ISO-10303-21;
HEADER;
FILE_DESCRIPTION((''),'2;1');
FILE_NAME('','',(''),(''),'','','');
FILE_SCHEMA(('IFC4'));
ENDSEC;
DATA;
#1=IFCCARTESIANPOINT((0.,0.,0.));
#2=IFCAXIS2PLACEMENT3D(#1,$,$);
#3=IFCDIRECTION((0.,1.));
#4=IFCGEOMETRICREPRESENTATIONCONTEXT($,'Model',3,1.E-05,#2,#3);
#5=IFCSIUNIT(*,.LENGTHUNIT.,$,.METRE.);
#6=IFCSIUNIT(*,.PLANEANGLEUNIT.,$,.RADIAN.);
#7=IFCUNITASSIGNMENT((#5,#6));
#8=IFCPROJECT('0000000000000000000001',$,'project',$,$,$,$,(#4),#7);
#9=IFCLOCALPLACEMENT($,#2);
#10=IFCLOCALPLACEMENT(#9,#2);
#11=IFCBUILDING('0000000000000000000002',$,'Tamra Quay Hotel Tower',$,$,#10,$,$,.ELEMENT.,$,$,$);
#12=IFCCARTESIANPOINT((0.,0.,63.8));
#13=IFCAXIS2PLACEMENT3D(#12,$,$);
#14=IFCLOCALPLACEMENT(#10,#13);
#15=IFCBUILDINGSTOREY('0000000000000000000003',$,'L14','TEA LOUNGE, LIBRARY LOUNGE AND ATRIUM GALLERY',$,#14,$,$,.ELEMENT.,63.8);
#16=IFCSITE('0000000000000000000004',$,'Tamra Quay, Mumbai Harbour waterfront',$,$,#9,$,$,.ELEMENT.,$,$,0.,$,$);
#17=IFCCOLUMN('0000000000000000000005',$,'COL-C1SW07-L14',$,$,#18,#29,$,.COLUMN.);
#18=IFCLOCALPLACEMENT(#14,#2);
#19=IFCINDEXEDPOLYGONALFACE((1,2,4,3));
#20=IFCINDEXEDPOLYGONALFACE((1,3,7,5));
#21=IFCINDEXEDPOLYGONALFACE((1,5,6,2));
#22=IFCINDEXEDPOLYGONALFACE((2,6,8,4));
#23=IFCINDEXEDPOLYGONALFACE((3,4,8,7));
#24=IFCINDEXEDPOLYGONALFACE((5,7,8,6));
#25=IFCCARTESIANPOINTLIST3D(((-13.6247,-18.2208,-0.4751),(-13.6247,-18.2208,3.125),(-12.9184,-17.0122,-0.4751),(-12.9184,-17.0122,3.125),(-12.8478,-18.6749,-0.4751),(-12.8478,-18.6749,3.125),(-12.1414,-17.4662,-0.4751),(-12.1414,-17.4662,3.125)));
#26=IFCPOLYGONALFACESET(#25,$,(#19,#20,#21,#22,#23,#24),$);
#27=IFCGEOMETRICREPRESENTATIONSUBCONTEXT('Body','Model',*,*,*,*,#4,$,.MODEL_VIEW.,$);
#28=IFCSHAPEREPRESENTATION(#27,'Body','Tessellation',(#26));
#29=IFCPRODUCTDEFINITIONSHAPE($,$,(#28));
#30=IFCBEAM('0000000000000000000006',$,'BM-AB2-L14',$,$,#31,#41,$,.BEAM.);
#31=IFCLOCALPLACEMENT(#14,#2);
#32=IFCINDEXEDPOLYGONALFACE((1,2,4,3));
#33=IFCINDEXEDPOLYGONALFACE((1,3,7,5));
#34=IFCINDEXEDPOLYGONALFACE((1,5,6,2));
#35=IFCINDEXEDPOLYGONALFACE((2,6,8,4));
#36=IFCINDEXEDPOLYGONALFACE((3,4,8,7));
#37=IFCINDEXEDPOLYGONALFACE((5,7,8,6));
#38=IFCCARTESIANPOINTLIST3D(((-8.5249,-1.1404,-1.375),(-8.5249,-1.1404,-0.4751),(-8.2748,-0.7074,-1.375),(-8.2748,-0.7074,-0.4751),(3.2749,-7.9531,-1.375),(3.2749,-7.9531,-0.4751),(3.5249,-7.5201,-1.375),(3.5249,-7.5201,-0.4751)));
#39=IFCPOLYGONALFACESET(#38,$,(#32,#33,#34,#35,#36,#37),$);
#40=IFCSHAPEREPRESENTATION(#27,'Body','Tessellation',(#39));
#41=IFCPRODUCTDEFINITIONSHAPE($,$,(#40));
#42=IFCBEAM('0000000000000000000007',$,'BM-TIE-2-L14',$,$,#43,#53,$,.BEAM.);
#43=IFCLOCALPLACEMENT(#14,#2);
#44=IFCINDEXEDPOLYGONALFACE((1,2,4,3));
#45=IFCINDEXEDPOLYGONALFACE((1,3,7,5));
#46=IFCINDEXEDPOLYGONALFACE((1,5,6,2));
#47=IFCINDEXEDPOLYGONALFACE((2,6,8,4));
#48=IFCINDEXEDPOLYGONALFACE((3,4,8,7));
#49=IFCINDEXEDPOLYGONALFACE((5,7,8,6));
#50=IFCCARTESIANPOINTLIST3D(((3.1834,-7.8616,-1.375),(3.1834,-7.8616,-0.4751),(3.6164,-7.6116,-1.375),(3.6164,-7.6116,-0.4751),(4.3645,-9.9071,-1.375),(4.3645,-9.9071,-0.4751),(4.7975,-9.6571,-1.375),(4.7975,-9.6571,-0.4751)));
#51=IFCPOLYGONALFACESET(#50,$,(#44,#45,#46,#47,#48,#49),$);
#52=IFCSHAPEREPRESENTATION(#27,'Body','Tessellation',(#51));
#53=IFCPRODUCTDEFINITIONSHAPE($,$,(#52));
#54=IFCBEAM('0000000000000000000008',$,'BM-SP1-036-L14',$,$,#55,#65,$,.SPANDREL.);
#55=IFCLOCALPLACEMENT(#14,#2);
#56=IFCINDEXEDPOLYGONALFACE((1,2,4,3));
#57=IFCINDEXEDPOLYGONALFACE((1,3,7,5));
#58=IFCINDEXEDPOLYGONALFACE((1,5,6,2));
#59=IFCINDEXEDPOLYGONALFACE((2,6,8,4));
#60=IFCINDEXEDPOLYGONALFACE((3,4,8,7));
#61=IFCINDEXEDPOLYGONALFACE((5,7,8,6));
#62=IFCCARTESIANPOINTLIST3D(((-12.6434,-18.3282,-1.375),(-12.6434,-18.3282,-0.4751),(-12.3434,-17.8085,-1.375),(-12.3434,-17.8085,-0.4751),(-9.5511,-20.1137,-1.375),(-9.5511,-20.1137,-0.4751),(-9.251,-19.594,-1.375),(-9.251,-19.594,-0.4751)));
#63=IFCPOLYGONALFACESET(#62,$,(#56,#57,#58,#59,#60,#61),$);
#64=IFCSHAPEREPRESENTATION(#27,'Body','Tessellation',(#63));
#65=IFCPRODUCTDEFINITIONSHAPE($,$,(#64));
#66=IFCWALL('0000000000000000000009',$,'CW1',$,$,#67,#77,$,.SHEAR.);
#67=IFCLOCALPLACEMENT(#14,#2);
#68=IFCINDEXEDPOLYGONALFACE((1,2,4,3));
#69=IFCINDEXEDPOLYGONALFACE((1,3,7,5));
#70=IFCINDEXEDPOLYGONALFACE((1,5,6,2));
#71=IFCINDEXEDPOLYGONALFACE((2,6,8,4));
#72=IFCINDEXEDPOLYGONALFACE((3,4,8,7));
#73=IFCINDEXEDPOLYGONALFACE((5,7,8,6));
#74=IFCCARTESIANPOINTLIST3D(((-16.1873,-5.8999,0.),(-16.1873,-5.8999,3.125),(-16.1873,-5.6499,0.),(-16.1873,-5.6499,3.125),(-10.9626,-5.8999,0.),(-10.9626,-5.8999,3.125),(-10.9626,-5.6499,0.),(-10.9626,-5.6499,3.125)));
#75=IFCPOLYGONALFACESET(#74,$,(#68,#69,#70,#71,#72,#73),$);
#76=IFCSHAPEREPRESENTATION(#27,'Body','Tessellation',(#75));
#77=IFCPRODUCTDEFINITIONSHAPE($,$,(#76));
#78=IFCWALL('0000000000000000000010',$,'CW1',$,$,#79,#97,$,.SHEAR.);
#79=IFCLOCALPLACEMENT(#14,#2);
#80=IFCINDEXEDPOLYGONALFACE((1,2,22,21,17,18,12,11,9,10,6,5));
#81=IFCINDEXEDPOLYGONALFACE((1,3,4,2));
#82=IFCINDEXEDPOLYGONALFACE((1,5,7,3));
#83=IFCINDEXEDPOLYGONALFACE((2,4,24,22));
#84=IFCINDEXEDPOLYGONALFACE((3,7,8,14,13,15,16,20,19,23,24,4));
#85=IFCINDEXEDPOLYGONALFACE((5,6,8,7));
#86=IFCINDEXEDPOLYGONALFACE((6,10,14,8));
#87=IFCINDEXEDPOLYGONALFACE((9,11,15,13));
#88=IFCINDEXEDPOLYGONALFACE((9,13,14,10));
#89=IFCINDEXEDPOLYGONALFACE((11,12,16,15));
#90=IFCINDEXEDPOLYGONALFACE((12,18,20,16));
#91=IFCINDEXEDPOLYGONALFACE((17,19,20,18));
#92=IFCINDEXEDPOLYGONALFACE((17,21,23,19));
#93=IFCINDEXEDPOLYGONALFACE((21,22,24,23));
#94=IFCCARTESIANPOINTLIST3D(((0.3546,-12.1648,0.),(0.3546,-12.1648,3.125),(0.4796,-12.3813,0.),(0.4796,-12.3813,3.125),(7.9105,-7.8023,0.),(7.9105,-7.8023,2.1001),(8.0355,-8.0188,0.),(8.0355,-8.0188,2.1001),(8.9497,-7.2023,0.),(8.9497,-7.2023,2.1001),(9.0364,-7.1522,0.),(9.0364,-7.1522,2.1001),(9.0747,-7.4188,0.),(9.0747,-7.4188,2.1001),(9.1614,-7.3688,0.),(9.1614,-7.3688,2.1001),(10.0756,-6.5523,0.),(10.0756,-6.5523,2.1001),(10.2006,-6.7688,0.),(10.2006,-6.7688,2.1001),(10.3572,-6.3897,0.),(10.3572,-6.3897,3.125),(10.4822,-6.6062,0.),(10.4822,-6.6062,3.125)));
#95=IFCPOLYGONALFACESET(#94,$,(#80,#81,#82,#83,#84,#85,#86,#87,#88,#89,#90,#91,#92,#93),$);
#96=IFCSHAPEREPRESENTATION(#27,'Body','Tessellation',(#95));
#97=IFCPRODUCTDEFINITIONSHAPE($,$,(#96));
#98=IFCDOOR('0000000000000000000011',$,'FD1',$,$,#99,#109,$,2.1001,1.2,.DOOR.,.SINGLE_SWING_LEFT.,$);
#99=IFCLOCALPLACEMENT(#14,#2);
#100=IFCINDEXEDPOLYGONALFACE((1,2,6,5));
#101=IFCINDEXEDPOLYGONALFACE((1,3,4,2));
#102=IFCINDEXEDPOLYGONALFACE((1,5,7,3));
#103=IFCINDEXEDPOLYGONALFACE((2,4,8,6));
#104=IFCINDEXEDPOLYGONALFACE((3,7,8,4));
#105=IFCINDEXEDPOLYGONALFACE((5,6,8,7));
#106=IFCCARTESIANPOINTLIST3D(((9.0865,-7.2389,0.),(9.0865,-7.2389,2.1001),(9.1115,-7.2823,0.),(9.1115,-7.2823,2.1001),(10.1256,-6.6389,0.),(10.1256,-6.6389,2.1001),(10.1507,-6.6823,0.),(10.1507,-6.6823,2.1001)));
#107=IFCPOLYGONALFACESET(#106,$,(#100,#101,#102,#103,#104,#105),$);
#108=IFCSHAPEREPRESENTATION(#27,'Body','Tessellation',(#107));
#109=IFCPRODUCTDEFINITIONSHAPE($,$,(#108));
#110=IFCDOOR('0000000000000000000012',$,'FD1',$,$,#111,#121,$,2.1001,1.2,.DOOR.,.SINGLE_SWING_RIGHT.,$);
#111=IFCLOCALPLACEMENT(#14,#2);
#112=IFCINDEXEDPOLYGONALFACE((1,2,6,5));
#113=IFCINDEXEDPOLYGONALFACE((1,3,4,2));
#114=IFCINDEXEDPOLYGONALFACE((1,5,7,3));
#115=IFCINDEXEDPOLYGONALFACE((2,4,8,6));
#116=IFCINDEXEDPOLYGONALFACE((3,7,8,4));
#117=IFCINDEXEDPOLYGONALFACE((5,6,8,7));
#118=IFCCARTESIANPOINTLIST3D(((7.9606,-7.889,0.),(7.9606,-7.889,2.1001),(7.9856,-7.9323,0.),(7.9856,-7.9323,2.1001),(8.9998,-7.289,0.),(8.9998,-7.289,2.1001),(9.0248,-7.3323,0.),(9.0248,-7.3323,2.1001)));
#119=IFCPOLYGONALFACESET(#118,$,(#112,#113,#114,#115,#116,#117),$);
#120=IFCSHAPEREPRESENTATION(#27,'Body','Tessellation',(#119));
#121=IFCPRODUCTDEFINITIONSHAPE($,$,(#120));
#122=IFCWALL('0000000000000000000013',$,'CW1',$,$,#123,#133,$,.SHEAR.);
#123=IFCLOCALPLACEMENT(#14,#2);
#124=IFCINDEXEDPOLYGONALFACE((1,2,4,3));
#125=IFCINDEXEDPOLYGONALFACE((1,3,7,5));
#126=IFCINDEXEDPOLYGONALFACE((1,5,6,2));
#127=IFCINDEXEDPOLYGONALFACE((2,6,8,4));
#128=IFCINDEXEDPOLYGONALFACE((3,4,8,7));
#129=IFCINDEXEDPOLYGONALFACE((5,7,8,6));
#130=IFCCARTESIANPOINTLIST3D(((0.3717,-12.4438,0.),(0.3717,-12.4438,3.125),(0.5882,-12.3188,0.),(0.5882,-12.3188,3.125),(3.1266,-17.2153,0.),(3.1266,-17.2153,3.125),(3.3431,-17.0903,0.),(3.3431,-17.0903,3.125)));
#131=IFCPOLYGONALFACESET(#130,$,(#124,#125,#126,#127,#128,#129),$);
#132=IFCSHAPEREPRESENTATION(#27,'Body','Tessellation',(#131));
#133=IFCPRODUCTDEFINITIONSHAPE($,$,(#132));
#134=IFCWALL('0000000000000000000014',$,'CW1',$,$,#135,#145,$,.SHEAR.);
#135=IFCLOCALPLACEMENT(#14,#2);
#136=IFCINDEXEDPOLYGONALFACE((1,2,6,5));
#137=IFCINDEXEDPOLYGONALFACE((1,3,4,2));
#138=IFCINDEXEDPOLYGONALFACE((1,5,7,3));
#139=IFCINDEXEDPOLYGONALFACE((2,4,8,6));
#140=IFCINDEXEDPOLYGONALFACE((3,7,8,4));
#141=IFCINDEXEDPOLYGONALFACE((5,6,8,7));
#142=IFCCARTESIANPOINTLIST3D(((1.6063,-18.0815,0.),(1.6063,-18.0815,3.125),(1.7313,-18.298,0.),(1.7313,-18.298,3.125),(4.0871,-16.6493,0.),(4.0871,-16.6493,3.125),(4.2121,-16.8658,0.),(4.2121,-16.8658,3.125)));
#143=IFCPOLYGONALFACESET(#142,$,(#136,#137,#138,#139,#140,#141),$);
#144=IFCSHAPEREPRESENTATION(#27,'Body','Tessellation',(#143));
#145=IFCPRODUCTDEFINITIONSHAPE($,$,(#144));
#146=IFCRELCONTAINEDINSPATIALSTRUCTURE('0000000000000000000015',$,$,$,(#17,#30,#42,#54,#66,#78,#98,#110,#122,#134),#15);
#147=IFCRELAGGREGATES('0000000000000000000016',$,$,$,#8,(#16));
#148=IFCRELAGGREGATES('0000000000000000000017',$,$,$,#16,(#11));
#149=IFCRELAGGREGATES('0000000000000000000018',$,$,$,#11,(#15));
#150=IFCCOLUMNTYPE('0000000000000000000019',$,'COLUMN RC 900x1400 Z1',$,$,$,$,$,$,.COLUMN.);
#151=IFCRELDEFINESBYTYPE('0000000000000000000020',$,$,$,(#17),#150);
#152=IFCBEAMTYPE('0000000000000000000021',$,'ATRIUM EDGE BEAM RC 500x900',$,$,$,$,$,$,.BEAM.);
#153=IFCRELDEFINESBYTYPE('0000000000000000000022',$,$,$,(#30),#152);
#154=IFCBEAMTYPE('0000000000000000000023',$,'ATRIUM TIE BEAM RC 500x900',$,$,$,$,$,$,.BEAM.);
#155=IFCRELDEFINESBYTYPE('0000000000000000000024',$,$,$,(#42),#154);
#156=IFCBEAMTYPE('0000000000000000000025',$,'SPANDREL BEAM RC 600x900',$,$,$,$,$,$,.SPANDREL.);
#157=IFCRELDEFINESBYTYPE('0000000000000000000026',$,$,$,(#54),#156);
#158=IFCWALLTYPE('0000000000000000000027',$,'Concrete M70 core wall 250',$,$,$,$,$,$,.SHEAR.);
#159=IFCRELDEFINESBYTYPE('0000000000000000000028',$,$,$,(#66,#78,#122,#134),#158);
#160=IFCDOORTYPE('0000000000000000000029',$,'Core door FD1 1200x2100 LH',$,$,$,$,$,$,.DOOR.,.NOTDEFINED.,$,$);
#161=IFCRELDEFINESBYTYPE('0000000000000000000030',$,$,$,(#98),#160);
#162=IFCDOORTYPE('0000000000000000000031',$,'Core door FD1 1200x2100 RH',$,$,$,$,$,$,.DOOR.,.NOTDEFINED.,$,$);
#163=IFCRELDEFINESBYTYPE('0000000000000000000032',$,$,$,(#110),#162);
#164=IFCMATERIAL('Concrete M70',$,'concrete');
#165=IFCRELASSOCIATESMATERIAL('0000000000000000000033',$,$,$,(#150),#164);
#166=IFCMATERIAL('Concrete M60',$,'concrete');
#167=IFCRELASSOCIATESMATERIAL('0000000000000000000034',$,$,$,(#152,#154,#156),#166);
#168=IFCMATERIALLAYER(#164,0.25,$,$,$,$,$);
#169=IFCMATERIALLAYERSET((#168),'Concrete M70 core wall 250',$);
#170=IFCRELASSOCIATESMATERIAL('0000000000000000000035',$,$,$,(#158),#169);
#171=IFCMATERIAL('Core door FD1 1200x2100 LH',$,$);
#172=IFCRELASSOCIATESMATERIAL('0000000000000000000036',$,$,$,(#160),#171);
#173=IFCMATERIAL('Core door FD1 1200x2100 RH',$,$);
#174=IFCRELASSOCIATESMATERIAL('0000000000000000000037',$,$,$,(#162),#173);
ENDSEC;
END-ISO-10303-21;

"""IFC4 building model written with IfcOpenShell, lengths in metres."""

from ifc_helpers import new_model, si_unit, direction, frame, frame_2d, origin, origin_2d, place, context, subcontext, project, spatial, rectangle, extrude, material, layer, layer_set, material_profile, profile_set, type_object, element, fill, save


model = new_model("IFC4")

# Units and contexts
model_context = context("Model", 3, precision=1e-05, world=origin(), true_north=direction((0.0, 1.0)))
body_context = subcontext(model_context, "Body", "Model", "MODEL_VIEW")
ifc_project = project(units=[si_unit("LENGTHUNIT", "METRE"), si_unit("PLANEANGLEUNIT", "RADIAN")], contexts=[model_context])

# Site, building, storey
site_placement = place(None, origin())
site = spatial("IfcSite", under=ifc_project, at=site_placement, Name="Tamra Quay, Mumbai Harbour waterfront", CompositionType="ELEMENT", RefElevation=0.0)
building_placement = place(site_placement, origin())
building = spatial("IfcBuilding", under=site, at=building_placement, Name="Tamra Quay Hotel Tower", CompositionType="ELEMENT")
storey_placement = place(building_placement, frame((0.0, 0.0, 63.8)))
storey = spatial("IfcBuildingStorey", under=building, at=storey_placement, Name="L14", Description="TEA LOUNGE, LIBRARY LOUNGE AND ATRIUM GALLERY", CompositionType="ELEMENT", Elevation=63.8)

# Column
ifc_material_1 = material(Name="Concrete M70", Category="concrete")
ifc_material_profile_1 = material_profile(ifc_material_1, rectangle(XDim=1.3999, YDim=0.8999, at=origin_2d()), Name="COLUMN RC 900x1400 Z1")
ifc_profile_set_1 = profile_set([ifc_material_profile_1], Name="Concrete M70")
column_type = type_object("IfcColumnType", Name="COLUMN RC 900x1400 Z1", PredefinedType="COLUMN", material=ifc_profile_set_1)
column_placement = place(storey_placement, frame((-12.8831, -17.8435, -0.4751), z_axis=(0.0, 0.0, 1.0), x_axis=(0.504565, 0.863374, 0.0)))
element("IfcColumn", 1, at=column_placement, inside=storey, type_object=column_type, Name="COL-C1SW07-L14", PredefinedType="COLUMN", context=body_context, shape_type="SweptSolid", body=[
    extrude(rectangle(XDim=1.3999, YDim=0.8999, at=origin_2d()), origin(), (0.0, 0.0, 1.0), 3.6001),
])

# Beams
ifc_material_2 = material(Name="Concrete M60", Category="concrete")
ifc_material_profile_2 = material_profile(ifc_material_2, rectangle(XDim=0.5, YDim=0.8999, at=origin_2d()), Name="ATRIUM EDGE BEAM RC 500x900")
ifc_profile_set_2 = profile_set([ifc_material_profile_2], Name="Concrete M60")
beam_type_1 = type_object("IfcBeamType", Name="ATRIUM EDGE BEAM RC 500x900", PredefinedType="BEAM", material=ifc_profile_set_2)
beam_1_placement = place(storey_placement, frame((3.3999, -7.7366, -0.925), z_axis=(-0.866021, 0.500007, 0.0), x_axis=(-0.500007, -0.866021, 0.0)))
element("IfcBeam", 2, at=beam_1_placement, inside=storey, type_object=beam_type_1, Name="BM-AB2-L14", PredefinedType="BEAM", context=body_context, shape_type="SweptSolid", body=[
    extrude(rectangle(XDim=0.5, YDim=0.8999, at=origin_2d()), origin(), (0.0, 0.0, 1.0), 13.6252),
])
ifc_material_profile_3 = material_profile(ifc_material_2, rectangle(XDim=0.5, YDim=0.8999, at=origin_2d()), Name="ATRIUM TIE BEAM RC 500x900")
ifc_profile_set_3 = profile_set([ifc_material_profile_3], Name="Concrete M60")
beam_type_2 = type_object("IfcBeamType", Name="ATRIUM TIE BEAM RC 500x900", PredefinedType="BEAM", material=ifc_profile_set_3)
beam_2_placement = place(storey_placement, frame((3.3999, -7.7366, -0.925), z_axis=(0.50003, -0.866008, 0.0), x_axis=(0.866008, 0.50003, 0.0)))
element("IfcBeam", 3, at=beam_2_placement, inside=storey, type_object=beam_type_2, Name="BM-TIE-2-L14", PredefinedType="BEAM", context=body_context, shape_type="SweptSolid", body=[
    extrude(rectangle(XDim=0.5, YDim=0.8999, at=origin_2d()), origin(), (0.0, 0.0, 1.0), 2.3621),
])
ifc_material_profile_4 = material_profile(ifc_material_2, rectangle(XDim=0.6001, YDim=0.8999, at=origin_2d()), Name="SPANDREL BEAM RC 600x900")
ifc_profile_set_4 = profile_set([ifc_material_profile_4], Name="Concrete M60")
beam_type_3 = type_object("IfcBeamType", Name="SPANDREL BEAM RC 600x900", PredefinedType="SPANDREL", material=ifc_profile_set_4)
beam_3_placement = place(storey_placement, frame((-12.4934, -18.0684, -0.925), z_axis=(0.866017, -0.500014, 0.0), x_axis=(0.500014, 0.866017, 0.0)))
element("IfcBeam", 4, at=beam_3_placement, inside=storey, type_object=beam_type_3, Name="BM-SP1-036-L14", PredefinedType="SPANDREL", context=body_context, shape_type="SweptSolid", body=[
    extrude(rectangle(XDim=0.6001, YDim=0.8999, at=origin_2d()), origin(), (0.0, 0.0, 1.0), 3.5708),
])

# Wall
ifc_layer_1 = layer(ifc_material_1, 0.25)
ifc_layer_set_1 = layer_set([ifc_layer_1], Name="Concrete M70 core wall 250")
wall_type_1 = type_object("IfcWallType", Name="Concrete M70 core wall 250", PredefinedType="SHEAR", material=ifc_layer_set_1)
wall_1_placement = place(storey_placement, frame((-10.9626, -5.7749, 0.0), z_axis=(0.0, 0.0, 1.0), x_axis=(-1.0, 0.0, 0.0)))
element("IfcWall", 5, at=wall_1_placement, inside=storey, type_object=wall_type_1, Name="CW1", PredefinedType="SHEAR", context=body_context, shape_type="SweptSolid", body=[
    extrude(rectangle(XDim=5.2246, YDim=0.25, at=frame_2d((2.6123, 0.0))), origin(), (0.0, 0.0, 1.0), 3.125),
])

# Wall, openings, doors
wall_2_placement = place(storey_placement, frame((0.4172, -12.2729, 0.0), z_axis=(0.0, 0.0, 1.0), x_axis=(0.866022, 0.500006, 0.0)))
wall_2 = element("IfcWall", 6, at=wall_2_placement, inside=storey, type_object=wall_type_1, Name="CW1", PredefinedType="SHEAR", context=body_context, shape_type="SweptSolid", body=[
    extrude(rectangle(XDim=11.55, YDim=0.25, at=frame_2d((5.7749, 0.0))), origin(), (0.0, 0.0, 1.0), 3.125),
])
opening_1_placement = place(wall_2_placement, frame((10.0247, 0.0, 0.0)))
opening_1 = element("IfcOpeningElement", 7, at=opening_1_placement, cuts=wall_2, PredefinedType="OPENING", context=body_context, shape_type="SweptSolid", body=[
    extrude(rectangle(XDim=1.2, YDim=2.1001, at=frame_2d((0.6001, 1.05))), frame((0.0, 0.135, 0.0), z_axis=(0.0, -1.0, 0.0), x_axis=(1.0, 0.0, 0.0)), (0.0, 0.0, 1.0), 0.27),
])
opening_2_placement = place(wall_2_placement, frame((8.7246, 0.0, 0.0)))
opening_2 = element("IfcOpeningElement", 8, at=opening_2_placement, cuts=wall_2, PredefinedType="OPENING", context=body_context, shape_type="SweptSolid", body=[
    extrude(rectangle(XDim=1.2, YDim=2.1001, at=frame_2d((0.6001, 1.05))), frame((0.0, 0.135, 0.0), z_axis=(0.0, -1.0, 0.0), x_axis=(1.0, 0.0, 0.0)), (0.0, 0.0, 1.0), 0.27),
])
ifc_material_3 = material(Name="Core door FD1 1200x2100 LH")
door_type_1 = type_object("IfcDoorType", Name="Core door FD1 1200x2100 LH", OperationType="NOTDEFINED", PredefinedType="DOOR", material=ifc_material_3)
door_1_placement = place(opening_1_placement, origin())
door_1 = element("IfcDoor", 9, at=door_1_placement, inside=storey, type_object=door_type_1, Name="FD1", OperationType="SINGLE_SWING_LEFT", OverallHeight=2.1001, OverallWidth=1.2, PredefinedType="DOOR", context=body_context, shape_type="SweptSolid", body=[
    extrude(rectangle(XDim=1.2, YDim=2.1001, at=frame_2d((0.6001, 1.05))), frame((0.0, 0.0249, 0.0), z_axis=(0.0, -1.0, 0.0), x_axis=(1.0, 0.0, 0.0)), (0.0, 0.0, 1.0), 0.05),
])
fill(opening_1, door_1)
ifc_material_4 = material(Name="Core door FD1 1200x2100 RH")
door_type_2 = type_object("IfcDoorType", Name="Core door FD1 1200x2100 RH", OperationType="NOTDEFINED", PredefinedType="DOOR", material=ifc_material_4)
door_2_placement = place(opening_2_placement, origin())
door_2 = element("IfcDoor", 10, at=door_2_placement, inside=storey, type_object=door_type_2, Name="FD1", OperationType="SINGLE_SWING_RIGHT", OverallHeight=2.1001, OverallWidth=1.2, PredefinedType="DOOR", context=body_context, shape_type="SweptSolid", body=[
    extrude(rectangle(XDim=1.2, YDim=2.1001, at=frame_2d((0.6001, 1.05))), frame((0.0, 0.0249, 0.0), z_axis=(0.0, -1.0, 0.0), x_axis=(1.0, 0.0, 0.0)), (0.0, 0.0, 1.0), 0.05),
])
fill(opening_2, door_2)

# Walls
wall_3_placement = place(storey_placement, frame((3.2349, -17.1528, 0.0), z_axis=(0.0, 0.0, 1.0), x_axis=(-0.500009, 0.86602, 0.0)))
element("IfcWall", 11, at=wall_3_placement, inside=storey, type_object=wall_type_1, Name="CW1", PredefinedType="SHEAR", context=body_context, shape_type="SweptSolid", body=[
    extrude(rectangle(XDim=5.5098, YDim=0.25, at=frame_2d((2.7549, 0.0))), origin(), (0.0, 0.0, 1.0), 3.125),
])
wall_4_placement = place(storey_placement, frame((1.6689, -18.1897, 0.0), z_axis=(0.0, 0.0, 1.0), x_axis=(0.866042, 0.499971, 0.0)))
element("IfcWall", 12, at=wall_4_placement, inside=storey, type_object=wall_type_1, Name="CW1", PredefinedType="SHEAR", context=body_context, shape_type="SweptSolid", body=[
    extrude(rectangle(XDim=2.8645, YDim=0.25, at=frame_2d((1.4321, 0.0))), origin(), (0.0, 0.0, 1.0), 3.125),
])

save(model, "model.ifc")
